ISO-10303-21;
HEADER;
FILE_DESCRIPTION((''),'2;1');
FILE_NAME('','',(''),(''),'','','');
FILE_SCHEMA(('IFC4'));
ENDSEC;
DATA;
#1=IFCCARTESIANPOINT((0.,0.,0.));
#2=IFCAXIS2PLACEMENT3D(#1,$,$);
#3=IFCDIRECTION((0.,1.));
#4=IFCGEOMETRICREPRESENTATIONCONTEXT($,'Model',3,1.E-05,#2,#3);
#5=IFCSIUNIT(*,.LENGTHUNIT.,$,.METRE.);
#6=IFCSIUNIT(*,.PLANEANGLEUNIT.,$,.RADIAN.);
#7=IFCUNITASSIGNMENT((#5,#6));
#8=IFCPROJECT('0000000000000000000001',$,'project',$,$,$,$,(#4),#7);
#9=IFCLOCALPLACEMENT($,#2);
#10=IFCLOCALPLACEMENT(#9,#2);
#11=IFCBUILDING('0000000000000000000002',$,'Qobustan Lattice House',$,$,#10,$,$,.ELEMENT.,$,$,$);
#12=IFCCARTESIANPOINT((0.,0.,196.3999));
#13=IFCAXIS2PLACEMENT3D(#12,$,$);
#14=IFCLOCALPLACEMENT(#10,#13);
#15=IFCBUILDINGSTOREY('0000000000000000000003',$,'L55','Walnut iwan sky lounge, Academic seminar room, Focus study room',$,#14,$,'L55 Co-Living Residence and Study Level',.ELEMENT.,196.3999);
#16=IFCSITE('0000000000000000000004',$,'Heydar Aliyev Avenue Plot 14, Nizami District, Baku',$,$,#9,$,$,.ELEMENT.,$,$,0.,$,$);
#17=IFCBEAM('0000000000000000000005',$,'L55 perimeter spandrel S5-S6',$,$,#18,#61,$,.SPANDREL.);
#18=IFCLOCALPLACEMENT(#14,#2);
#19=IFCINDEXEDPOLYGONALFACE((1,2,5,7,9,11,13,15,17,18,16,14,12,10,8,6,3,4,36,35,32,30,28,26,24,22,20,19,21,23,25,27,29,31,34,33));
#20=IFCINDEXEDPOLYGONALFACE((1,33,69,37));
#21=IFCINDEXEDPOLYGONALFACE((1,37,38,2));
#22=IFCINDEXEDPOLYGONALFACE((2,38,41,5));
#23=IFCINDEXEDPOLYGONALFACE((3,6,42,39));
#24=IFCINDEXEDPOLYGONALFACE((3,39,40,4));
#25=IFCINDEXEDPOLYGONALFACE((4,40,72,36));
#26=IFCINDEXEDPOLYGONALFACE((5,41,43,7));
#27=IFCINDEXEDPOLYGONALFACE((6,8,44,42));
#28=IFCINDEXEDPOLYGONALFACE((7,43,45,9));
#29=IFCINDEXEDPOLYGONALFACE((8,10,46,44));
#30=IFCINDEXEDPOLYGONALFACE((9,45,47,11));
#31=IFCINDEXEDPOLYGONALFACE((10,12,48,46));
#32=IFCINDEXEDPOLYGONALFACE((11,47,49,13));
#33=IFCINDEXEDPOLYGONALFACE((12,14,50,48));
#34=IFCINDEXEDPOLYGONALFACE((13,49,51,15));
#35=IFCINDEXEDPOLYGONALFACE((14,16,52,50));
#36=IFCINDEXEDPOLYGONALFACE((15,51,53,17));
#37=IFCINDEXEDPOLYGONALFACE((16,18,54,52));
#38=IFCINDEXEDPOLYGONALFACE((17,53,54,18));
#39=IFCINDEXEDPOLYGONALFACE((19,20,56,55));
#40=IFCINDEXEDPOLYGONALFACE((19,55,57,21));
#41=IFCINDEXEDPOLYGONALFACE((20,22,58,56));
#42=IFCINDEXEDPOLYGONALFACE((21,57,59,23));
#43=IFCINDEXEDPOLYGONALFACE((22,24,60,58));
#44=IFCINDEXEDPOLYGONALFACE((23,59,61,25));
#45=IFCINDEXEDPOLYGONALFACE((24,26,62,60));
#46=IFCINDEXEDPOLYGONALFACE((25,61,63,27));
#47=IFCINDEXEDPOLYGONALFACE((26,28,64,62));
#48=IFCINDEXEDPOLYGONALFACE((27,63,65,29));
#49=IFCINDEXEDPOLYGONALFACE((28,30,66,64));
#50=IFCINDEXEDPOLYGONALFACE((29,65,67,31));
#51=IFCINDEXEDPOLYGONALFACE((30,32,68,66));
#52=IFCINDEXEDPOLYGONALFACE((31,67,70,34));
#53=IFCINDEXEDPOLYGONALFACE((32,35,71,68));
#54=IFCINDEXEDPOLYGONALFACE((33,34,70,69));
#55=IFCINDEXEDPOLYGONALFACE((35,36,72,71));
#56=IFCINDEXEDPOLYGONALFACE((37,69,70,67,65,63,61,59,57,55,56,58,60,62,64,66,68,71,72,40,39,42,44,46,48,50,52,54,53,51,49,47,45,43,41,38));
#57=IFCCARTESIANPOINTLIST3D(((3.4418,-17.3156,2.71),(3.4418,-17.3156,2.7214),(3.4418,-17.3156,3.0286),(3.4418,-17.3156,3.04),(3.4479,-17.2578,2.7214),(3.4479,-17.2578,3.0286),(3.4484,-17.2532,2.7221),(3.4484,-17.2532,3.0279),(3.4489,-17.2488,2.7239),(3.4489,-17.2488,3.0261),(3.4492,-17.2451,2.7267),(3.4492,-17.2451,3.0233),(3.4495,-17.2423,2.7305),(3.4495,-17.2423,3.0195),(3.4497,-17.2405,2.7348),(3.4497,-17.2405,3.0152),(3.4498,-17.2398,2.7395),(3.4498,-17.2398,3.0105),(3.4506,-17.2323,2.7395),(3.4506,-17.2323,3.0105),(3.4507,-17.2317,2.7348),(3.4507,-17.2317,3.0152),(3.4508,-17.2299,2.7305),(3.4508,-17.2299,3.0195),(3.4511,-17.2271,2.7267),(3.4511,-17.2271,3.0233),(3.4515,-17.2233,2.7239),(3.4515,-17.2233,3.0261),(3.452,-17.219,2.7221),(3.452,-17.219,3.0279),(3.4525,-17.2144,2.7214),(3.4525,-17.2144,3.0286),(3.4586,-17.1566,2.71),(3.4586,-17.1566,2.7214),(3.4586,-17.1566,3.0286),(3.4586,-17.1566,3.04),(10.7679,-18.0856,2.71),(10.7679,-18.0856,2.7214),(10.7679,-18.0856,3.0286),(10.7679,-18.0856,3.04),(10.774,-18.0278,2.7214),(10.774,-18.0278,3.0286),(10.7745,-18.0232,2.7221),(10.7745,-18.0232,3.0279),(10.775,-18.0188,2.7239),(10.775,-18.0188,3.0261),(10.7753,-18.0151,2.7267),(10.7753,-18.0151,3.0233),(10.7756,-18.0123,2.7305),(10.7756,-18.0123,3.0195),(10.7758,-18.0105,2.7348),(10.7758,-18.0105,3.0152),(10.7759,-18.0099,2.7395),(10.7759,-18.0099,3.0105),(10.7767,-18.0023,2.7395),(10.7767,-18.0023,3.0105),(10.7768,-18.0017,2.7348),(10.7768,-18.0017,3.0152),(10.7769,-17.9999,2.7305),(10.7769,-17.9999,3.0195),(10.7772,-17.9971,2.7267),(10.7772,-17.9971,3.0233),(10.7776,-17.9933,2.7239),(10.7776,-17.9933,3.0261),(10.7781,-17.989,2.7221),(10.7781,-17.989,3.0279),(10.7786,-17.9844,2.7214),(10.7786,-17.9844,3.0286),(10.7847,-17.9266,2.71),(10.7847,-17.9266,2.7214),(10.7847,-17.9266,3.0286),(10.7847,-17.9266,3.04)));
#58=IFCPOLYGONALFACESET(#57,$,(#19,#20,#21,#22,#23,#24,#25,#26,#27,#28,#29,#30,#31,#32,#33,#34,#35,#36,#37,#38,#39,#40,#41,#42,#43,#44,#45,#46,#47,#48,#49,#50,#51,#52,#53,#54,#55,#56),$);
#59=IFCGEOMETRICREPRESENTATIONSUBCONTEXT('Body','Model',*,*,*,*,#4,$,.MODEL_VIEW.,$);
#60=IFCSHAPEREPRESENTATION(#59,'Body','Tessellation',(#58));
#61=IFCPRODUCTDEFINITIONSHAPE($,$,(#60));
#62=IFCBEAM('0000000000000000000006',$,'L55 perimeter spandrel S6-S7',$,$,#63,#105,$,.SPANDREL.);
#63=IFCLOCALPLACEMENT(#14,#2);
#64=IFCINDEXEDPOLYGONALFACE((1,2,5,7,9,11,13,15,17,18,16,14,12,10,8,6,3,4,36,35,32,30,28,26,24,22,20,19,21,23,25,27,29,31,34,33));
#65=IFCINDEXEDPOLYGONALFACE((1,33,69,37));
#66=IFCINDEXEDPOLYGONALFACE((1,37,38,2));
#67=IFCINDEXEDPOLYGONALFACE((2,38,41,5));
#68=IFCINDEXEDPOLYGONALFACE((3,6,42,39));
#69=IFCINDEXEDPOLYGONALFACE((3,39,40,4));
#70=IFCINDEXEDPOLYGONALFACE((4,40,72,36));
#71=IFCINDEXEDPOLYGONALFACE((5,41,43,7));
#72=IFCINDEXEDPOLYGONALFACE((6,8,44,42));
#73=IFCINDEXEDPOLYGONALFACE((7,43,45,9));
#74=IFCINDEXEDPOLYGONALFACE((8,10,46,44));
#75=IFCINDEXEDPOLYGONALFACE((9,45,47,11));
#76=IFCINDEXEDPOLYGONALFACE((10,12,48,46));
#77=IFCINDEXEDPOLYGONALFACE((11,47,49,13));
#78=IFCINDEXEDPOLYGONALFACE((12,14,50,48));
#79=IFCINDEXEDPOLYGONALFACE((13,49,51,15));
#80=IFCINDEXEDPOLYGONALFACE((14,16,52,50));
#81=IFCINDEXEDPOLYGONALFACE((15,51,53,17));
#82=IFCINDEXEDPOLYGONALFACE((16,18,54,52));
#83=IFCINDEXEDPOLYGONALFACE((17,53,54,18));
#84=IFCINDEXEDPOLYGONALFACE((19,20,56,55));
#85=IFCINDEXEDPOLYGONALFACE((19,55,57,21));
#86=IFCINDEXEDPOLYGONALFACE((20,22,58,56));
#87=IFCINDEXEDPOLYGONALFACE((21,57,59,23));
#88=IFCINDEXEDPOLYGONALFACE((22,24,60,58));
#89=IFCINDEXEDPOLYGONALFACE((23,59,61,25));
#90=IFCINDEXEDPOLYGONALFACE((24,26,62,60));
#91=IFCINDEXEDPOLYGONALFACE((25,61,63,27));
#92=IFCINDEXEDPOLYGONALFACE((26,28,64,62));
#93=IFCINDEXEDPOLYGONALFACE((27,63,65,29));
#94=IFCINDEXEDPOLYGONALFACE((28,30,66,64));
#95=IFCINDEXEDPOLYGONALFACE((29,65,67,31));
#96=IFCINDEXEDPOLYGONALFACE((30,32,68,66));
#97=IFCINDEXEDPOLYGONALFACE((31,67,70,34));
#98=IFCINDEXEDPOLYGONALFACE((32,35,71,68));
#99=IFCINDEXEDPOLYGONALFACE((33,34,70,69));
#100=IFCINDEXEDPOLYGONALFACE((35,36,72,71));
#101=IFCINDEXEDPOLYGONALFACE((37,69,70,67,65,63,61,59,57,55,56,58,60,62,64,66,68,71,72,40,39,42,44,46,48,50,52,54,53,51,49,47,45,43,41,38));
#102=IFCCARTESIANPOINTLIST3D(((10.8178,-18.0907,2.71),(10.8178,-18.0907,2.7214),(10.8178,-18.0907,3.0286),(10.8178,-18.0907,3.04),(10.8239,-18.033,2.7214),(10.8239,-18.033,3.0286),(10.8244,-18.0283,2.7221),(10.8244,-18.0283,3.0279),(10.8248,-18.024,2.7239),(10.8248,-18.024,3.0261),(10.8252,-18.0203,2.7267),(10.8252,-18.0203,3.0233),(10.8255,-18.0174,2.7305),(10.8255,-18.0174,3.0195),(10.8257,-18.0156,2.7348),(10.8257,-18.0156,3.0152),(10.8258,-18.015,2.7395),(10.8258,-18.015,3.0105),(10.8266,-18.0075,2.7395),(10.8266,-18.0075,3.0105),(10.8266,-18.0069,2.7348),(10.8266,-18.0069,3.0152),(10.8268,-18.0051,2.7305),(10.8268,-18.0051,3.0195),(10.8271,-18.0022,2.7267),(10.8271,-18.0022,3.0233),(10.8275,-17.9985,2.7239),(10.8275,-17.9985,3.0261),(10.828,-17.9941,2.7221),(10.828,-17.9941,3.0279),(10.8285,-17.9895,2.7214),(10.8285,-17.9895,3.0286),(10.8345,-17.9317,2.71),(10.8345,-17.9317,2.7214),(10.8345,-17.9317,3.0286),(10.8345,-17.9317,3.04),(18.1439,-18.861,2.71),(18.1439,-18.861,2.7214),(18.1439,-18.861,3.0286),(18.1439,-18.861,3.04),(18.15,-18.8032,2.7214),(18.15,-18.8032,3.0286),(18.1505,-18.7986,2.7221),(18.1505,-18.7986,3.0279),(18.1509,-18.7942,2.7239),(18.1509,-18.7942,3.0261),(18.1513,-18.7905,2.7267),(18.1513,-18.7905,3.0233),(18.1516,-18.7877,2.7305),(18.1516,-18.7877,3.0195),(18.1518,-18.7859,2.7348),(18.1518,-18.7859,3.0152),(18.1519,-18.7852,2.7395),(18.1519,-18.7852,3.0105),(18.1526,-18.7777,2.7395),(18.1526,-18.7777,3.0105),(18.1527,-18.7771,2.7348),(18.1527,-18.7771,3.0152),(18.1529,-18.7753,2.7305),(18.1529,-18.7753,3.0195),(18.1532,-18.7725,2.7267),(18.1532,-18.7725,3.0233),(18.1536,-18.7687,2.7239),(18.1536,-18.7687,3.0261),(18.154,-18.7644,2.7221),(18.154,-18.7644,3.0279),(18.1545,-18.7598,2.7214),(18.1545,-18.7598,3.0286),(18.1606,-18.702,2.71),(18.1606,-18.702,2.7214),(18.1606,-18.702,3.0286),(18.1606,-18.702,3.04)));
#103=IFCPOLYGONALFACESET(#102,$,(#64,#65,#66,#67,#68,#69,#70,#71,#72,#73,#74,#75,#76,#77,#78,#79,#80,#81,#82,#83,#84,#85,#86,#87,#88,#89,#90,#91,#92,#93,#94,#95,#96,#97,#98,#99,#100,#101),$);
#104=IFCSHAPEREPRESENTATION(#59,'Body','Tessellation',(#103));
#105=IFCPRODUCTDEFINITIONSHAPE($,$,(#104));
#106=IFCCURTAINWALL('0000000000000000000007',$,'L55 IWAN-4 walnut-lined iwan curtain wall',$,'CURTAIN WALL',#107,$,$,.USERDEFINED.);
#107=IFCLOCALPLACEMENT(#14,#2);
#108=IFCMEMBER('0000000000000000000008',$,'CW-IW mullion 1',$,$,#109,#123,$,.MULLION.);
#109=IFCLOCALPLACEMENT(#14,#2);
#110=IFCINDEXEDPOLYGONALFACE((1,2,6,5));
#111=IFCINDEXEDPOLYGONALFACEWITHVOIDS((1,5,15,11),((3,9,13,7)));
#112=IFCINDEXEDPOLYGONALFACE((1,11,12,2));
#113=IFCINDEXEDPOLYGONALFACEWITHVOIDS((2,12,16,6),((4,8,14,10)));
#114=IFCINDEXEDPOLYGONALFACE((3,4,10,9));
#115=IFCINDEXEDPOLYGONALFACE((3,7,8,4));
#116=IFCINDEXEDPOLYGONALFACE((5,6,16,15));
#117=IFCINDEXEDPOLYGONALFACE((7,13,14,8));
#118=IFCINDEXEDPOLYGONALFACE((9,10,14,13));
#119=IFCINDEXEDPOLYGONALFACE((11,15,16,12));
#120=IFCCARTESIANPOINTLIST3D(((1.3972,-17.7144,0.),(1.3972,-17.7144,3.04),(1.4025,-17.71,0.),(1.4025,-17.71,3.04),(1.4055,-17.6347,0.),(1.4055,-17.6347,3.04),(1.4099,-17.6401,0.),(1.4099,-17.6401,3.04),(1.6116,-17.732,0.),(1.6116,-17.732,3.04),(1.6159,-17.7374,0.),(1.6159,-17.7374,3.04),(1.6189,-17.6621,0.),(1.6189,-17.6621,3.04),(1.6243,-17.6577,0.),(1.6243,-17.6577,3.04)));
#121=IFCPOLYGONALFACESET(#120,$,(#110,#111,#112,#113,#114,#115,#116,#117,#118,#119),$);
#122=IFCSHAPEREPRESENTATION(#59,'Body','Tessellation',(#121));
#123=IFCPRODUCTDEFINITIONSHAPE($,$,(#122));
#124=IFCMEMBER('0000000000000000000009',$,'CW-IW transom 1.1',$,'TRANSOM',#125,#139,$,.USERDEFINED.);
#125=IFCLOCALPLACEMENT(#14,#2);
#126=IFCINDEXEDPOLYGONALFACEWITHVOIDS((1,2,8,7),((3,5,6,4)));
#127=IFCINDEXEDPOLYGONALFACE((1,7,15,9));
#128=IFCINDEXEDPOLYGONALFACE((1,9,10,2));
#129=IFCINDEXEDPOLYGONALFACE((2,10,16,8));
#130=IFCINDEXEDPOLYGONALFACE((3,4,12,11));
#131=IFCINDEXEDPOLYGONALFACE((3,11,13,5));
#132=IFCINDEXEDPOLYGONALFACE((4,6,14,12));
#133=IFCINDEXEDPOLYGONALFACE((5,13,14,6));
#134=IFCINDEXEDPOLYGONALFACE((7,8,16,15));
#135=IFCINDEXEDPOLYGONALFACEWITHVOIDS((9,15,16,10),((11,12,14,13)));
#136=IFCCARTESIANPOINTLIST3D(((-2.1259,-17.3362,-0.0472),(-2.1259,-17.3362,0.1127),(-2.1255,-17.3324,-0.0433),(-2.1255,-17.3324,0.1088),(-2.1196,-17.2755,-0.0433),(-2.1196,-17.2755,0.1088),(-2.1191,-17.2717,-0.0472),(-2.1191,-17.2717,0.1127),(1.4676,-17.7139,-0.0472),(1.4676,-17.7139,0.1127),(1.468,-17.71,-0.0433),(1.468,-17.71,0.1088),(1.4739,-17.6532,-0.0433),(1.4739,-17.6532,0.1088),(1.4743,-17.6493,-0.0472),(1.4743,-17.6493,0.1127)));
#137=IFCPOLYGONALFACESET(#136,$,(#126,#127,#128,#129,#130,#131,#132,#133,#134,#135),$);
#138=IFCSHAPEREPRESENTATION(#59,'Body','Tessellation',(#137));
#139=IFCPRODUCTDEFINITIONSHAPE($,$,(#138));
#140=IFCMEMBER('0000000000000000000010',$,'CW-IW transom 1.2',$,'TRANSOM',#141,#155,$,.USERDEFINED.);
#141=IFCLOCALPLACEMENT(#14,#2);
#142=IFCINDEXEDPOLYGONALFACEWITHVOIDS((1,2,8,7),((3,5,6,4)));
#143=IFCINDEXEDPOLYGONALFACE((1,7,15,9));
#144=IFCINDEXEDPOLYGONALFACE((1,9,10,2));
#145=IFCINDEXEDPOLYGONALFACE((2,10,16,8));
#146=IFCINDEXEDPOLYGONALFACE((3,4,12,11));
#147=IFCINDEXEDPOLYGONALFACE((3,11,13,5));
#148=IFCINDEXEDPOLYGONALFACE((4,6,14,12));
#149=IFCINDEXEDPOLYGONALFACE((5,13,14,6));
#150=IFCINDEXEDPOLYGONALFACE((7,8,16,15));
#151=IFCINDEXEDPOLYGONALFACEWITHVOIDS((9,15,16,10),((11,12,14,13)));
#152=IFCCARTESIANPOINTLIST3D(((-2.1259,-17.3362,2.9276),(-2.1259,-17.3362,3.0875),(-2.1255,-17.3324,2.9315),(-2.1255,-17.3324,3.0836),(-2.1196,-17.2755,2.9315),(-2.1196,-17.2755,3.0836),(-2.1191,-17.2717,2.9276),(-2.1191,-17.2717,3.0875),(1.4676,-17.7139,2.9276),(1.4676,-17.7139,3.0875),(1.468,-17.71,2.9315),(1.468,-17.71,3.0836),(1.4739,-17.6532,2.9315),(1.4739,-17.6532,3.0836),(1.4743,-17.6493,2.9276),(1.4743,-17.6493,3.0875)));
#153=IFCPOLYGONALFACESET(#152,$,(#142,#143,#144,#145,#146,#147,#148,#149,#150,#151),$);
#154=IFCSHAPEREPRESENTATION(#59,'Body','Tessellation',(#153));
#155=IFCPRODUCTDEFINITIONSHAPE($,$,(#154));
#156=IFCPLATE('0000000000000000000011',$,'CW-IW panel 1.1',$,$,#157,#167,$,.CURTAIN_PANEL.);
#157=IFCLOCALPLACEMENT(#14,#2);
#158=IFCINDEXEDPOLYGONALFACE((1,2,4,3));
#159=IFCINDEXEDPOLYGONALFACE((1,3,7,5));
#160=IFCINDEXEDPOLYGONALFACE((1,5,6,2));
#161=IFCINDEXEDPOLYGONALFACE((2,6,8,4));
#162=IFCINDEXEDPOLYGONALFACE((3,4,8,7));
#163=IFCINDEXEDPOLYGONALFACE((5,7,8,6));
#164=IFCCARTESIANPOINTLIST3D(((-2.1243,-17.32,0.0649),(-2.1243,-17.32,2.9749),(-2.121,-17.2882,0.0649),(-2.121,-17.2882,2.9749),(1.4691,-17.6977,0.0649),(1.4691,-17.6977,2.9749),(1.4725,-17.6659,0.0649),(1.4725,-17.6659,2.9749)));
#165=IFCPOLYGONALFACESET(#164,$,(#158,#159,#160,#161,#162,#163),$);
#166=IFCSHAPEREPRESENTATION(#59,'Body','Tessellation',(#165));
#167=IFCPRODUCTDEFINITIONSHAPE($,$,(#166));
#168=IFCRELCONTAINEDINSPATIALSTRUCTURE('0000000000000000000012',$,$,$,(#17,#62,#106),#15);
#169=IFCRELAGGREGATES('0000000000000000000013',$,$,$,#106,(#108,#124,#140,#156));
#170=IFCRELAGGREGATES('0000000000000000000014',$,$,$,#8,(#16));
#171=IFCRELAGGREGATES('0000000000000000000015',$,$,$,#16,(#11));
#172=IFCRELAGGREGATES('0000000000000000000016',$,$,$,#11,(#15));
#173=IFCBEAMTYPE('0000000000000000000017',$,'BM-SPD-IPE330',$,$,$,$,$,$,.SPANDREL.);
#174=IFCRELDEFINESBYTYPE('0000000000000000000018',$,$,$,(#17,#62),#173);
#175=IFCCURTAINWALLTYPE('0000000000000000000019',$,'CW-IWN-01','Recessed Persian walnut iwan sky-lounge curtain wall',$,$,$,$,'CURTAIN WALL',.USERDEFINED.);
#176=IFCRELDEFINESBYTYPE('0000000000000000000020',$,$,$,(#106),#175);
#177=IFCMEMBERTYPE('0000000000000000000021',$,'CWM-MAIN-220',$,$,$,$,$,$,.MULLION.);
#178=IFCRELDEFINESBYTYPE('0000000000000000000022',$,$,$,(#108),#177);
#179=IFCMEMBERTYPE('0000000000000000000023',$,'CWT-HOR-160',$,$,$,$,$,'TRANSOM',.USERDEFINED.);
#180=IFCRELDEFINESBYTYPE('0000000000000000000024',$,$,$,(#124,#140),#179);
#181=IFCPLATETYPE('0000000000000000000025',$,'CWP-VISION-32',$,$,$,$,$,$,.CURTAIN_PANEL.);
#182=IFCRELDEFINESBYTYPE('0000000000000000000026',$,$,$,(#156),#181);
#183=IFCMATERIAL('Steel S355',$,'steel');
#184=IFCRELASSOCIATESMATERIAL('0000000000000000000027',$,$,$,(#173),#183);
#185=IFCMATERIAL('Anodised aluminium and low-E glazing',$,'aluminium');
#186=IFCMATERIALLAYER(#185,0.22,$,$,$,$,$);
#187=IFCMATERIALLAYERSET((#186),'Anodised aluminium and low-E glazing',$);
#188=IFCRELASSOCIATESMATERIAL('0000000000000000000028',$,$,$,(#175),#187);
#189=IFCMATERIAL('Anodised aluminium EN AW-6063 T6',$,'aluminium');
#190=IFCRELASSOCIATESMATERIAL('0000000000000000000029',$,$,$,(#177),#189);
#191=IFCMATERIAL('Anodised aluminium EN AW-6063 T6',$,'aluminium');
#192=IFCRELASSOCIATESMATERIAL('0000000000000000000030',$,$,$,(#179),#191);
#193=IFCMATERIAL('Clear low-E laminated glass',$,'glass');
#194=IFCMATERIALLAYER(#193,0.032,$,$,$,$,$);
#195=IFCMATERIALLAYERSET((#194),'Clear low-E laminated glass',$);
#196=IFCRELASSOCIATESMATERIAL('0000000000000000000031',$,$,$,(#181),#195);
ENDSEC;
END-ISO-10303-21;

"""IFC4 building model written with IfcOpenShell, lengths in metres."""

from ifc_helpers import new_model, si_unit, direction, frame, origin, origin_2d, place, context, subcontext, project, spatial, rectangle, hollow_rectangle, i_section, extrude, material, layer, layer_set, material_profile, profile_set, type_object, element, aggregate, save


model = new_model("IFC4")

# Units and contexts
model_context = context("Model", 3, precision=1e-05, world=origin(), true_north=direction((0.0, 1.0)))
body_context = subcontext(model_context, "Body", "Model", "MODEL_VIEW")
ifc_project = project(units=[si_unit("LENGTHUNIT", "METRE"), si_unit("PLANEANGLEUNIT", "RADIAN")], contexts=[model_context])

# Site, building, storey
site_placement = place(None, origin())
site = spatial("IfcSite", under=ifc_project, at=site_placement, Name="Heydar Aliyev Avenue Plot 14, Nizami District, Baku", CompositionType="ELEMENT", RefElevation=0.0)
building_placement = place(site_placement, origin())
building = spatial("IfcBuilding", under=site, at=building_placement, Name="Qobustan Lattice House", CompositionType="ELEMENT")
storey_placement = place(building_placement, frame((0.0, 0.0, 196.3999)))
storey = spatial("IfcBuildingStorey", under=building, at=storey_placement, Name="L55", Description="Walnut iwan sky lounge, Academic seminar room, Focus study room", LongName="L55 Co-Living Residence and Study Level", CompositionType="ELEMENT", Elevation=196.3999)

# Beams
ifc_material_1 = material(Name="Steel S355", Category="steel")
ifc_material_profile_1 = material_profile(ifc_material_1, i_section(OverallWidth=0.1599, OverallDepth=0.3301, WebThickness=0.0076, FlangeThickness=0.0115, FilletRadius=0.0181, at=origin_2d()), Name="IPE330")
ifc_profile_set_1 = profile_set([ifc_material_profile_1], Name="Steel S355")
beam_type_1 = type_object("IfcBeamType", Name="BM-SPD-IPE330", PredefinedType="SPANDREL", material=ifc_profile_set_1)
for number, where, z_axis, x_axis, name in (
    (1, (3.4502, -17.2361, 2.875), (0.994522, -0.10453, 0.0), (0.10453, 0.994522, 0.0), "L55 perimeter spandrel S5-S6"),
    (2, (10.8262, -18.0112, 2.875), (0.994518, -0.104562, 0.0), (0.104562, 0.994518, 0.0), "L55 perimeter spandrel S6-S7"),
):
    element("IfcBeam", number, at=place(storey_placement, frame(where, z_axis=z_axis, x_axis=x_axis)), inside=storey, type_object=beam_type_1, Name=name, PredefinedType="SPANDREL", context=body_context, shape_type="SweptSolid", body=[
        extrude(i_section(OverallWidth=0.1599, OverallDepth=0.3301, WebThickness=0.0076, FlangeThickness=0.0115, FilletRadius=0.0181, at=origin_2d()), origin(), (0.0, 0.0, 1.0), 7.3665),
    ])

# Curtain wall, members, plate
ifc_material_2 = material(Name="Anodised aluminium and low-E glazing", Category="aluminium")
ifc_layer_1 = layer(ifc_material_2, 0.22)
ifc_layer_set_1 = layer_set([ifc_layer_1], Name="Anodised aluminium and low-E glazing")
curtain_wall_type = type_object("IfcCurtainWallType", Name="CW-IWN-01", Description="Recessed Persian walnut iwan sky-lounge curtain wall", ElementType="CURTAIN WALL", PredefinedType="USERDEFINED", material=ifc_layer_set_1)
curtain_wall_placement = place(storey_placement, origin())
curtain_wall = element("IfcCurtainWall", 3, at=curtain_wall_placement, inside=storey, type_object=curtain_wall_type, Name="L55 IWAN-4 walnut-lined iwan curtain wall", ObjectType="CURTAIN WALL", PredefinedType="USERDEFINED")
ifc_material_3 = material(Name="Anodised aluminium EN AW-6063 T6", Category="aluminium")
ifc_material_profile_2 = material_profile(ifc_material_3, hollow_rectangle(XDim=0.0801, YDim=0.22, WallThickness=0.0049, at=origin_2d()), Name="CWM-220x80")
ifc_profile_set_2 = profile_set([ifc_material_profile_2], Name="Anodised aluminium EN AW-6063 T6")
member_type_1 = type_object("IfcMemberType", Name="CWM-MAIN-220", PredefinedType="MULLION", material=ifc_profile_set_2)
member_1_placement = place(storey_placement, frame((1.5107, -17.686, 0.0), z_axis=(0.0, 0.0, 1.0), x_axis=(-0.104536, -0.994521, 0.0)))
member_1 = element("IfcMember", 4, at=member_1_placement, type_object=member_type_1, Name="CW-IW mullion 1", PredefinedType="MULLION", context=body_context, shape_type="SweptSolid", body=[
    extrude(hollow_rectangle(XDim=0.0801, YDim=0.22, WallThickness=0.0049, at=origin_2d()), origin(), (0.0, 0.0, 1.0), 3.04),
])
ifc_material_4 = material(Name="Anodised aluminium EN AW-6063 T6", Category="aluminium")
ifc_material_profile_3 = material_profile(ifc_material_4, hollow_rectangle(XDim=0.0649, YDim=0.1599, WallThickness=0.0039, at=origin_2d()), Name="CWT-160x65")
ifc_profile_set_3 = profile_set([ifc_material_profile_3], Name="Anodised aluminium EN AW-6063 T6")
member_type_2 = type_object("IfcMemberType", Name="CWT-HOR-160", ElementType="TRANSOM", PredefinedType="USERDEFINED", material=ifc_profile_set_3)
member_2_placement = place(storey_placement, frame((1.4709, -17.6816, 0.0327), z_axis=(-0.994522, 0.104527, 0.0), x_axis=(-0.104527, -0.994522, 0.0)))
member_2 = element("IfcMember", 5, at=member_2_placement, type_object=member_type_2, Name="CW-IW transom 1.1", ObjectType="TRANSOM", PredefinedType="USERDEFINED", context=body_context, shape_type="SweptSolid", body=[
    extrude(hollow_rectangle(XDim=0.0649, YDim=0.1599, WallThickness=0.0039, at=origin_2d()), origin(), (0.0, 0.0, 1.0), 3.6133),
])
member_3_placement = place(storey_placement, frame((1.4709, -17.6816, 3.0076), z_axis=(-0.994522, 0.104527, 0.0), x_axis=(-0.104527, -0.994522, 0.0)))
member_3 = element("IfcMember", 6, at=member_3_placement, type_object=member_type_2, Name="CW-IW transom 1.2", ObjectType="TRANSOM", PredefinedType="USERDEFINED", context=body_context, shape_type="SweptSolid", body=[
    extrude(hollow_rectangle(XDim=0.0649, YDim=0.1599, WallThickness=0.0039, at=origin_2d()), origin(), (0.0, 0.0, 1.0), 3.6133),
])
ifc_material_5 = material(Name="Clear low-E laminated glass", Category="glass")
ifc_layer_2 = layer(ifc_material_5, 0.032)
ifc_layer_set_2 = layer_set([ifc_layer_2], Name="Clear low-E laminated glass")
plate_type = type_object("IfcPlateType", Name="CWP-VISION-32", PredefinedType="CURTAIN_PANEL", material=ifc_layer_set_2)
plate_placement = place(storey_placement, frame((-0.3259, -17.4929, 0.0649), z_axis=(0.0, 0.0, 1.0), x_axis=(-0.994521, 0.104536, 0.0)))
plate = element("IfcPlate", 7, at=plate_placement, type_object=plate_type, Name="CW-IW panel 1.1", PredefinedType="CURTAIN_PANEL", context=body_context, shape_type="SweptSolid", body=[
    extrude(rectangle(XDim=3.6133, YDim=0.032, at=origin_2d()), origin(), (0.0, 0.0, 1.0), 2.9099),
])
aggregate(curtain_wall, [member_1, member_2, member_3, plate])

save(model, "model.ifc")
